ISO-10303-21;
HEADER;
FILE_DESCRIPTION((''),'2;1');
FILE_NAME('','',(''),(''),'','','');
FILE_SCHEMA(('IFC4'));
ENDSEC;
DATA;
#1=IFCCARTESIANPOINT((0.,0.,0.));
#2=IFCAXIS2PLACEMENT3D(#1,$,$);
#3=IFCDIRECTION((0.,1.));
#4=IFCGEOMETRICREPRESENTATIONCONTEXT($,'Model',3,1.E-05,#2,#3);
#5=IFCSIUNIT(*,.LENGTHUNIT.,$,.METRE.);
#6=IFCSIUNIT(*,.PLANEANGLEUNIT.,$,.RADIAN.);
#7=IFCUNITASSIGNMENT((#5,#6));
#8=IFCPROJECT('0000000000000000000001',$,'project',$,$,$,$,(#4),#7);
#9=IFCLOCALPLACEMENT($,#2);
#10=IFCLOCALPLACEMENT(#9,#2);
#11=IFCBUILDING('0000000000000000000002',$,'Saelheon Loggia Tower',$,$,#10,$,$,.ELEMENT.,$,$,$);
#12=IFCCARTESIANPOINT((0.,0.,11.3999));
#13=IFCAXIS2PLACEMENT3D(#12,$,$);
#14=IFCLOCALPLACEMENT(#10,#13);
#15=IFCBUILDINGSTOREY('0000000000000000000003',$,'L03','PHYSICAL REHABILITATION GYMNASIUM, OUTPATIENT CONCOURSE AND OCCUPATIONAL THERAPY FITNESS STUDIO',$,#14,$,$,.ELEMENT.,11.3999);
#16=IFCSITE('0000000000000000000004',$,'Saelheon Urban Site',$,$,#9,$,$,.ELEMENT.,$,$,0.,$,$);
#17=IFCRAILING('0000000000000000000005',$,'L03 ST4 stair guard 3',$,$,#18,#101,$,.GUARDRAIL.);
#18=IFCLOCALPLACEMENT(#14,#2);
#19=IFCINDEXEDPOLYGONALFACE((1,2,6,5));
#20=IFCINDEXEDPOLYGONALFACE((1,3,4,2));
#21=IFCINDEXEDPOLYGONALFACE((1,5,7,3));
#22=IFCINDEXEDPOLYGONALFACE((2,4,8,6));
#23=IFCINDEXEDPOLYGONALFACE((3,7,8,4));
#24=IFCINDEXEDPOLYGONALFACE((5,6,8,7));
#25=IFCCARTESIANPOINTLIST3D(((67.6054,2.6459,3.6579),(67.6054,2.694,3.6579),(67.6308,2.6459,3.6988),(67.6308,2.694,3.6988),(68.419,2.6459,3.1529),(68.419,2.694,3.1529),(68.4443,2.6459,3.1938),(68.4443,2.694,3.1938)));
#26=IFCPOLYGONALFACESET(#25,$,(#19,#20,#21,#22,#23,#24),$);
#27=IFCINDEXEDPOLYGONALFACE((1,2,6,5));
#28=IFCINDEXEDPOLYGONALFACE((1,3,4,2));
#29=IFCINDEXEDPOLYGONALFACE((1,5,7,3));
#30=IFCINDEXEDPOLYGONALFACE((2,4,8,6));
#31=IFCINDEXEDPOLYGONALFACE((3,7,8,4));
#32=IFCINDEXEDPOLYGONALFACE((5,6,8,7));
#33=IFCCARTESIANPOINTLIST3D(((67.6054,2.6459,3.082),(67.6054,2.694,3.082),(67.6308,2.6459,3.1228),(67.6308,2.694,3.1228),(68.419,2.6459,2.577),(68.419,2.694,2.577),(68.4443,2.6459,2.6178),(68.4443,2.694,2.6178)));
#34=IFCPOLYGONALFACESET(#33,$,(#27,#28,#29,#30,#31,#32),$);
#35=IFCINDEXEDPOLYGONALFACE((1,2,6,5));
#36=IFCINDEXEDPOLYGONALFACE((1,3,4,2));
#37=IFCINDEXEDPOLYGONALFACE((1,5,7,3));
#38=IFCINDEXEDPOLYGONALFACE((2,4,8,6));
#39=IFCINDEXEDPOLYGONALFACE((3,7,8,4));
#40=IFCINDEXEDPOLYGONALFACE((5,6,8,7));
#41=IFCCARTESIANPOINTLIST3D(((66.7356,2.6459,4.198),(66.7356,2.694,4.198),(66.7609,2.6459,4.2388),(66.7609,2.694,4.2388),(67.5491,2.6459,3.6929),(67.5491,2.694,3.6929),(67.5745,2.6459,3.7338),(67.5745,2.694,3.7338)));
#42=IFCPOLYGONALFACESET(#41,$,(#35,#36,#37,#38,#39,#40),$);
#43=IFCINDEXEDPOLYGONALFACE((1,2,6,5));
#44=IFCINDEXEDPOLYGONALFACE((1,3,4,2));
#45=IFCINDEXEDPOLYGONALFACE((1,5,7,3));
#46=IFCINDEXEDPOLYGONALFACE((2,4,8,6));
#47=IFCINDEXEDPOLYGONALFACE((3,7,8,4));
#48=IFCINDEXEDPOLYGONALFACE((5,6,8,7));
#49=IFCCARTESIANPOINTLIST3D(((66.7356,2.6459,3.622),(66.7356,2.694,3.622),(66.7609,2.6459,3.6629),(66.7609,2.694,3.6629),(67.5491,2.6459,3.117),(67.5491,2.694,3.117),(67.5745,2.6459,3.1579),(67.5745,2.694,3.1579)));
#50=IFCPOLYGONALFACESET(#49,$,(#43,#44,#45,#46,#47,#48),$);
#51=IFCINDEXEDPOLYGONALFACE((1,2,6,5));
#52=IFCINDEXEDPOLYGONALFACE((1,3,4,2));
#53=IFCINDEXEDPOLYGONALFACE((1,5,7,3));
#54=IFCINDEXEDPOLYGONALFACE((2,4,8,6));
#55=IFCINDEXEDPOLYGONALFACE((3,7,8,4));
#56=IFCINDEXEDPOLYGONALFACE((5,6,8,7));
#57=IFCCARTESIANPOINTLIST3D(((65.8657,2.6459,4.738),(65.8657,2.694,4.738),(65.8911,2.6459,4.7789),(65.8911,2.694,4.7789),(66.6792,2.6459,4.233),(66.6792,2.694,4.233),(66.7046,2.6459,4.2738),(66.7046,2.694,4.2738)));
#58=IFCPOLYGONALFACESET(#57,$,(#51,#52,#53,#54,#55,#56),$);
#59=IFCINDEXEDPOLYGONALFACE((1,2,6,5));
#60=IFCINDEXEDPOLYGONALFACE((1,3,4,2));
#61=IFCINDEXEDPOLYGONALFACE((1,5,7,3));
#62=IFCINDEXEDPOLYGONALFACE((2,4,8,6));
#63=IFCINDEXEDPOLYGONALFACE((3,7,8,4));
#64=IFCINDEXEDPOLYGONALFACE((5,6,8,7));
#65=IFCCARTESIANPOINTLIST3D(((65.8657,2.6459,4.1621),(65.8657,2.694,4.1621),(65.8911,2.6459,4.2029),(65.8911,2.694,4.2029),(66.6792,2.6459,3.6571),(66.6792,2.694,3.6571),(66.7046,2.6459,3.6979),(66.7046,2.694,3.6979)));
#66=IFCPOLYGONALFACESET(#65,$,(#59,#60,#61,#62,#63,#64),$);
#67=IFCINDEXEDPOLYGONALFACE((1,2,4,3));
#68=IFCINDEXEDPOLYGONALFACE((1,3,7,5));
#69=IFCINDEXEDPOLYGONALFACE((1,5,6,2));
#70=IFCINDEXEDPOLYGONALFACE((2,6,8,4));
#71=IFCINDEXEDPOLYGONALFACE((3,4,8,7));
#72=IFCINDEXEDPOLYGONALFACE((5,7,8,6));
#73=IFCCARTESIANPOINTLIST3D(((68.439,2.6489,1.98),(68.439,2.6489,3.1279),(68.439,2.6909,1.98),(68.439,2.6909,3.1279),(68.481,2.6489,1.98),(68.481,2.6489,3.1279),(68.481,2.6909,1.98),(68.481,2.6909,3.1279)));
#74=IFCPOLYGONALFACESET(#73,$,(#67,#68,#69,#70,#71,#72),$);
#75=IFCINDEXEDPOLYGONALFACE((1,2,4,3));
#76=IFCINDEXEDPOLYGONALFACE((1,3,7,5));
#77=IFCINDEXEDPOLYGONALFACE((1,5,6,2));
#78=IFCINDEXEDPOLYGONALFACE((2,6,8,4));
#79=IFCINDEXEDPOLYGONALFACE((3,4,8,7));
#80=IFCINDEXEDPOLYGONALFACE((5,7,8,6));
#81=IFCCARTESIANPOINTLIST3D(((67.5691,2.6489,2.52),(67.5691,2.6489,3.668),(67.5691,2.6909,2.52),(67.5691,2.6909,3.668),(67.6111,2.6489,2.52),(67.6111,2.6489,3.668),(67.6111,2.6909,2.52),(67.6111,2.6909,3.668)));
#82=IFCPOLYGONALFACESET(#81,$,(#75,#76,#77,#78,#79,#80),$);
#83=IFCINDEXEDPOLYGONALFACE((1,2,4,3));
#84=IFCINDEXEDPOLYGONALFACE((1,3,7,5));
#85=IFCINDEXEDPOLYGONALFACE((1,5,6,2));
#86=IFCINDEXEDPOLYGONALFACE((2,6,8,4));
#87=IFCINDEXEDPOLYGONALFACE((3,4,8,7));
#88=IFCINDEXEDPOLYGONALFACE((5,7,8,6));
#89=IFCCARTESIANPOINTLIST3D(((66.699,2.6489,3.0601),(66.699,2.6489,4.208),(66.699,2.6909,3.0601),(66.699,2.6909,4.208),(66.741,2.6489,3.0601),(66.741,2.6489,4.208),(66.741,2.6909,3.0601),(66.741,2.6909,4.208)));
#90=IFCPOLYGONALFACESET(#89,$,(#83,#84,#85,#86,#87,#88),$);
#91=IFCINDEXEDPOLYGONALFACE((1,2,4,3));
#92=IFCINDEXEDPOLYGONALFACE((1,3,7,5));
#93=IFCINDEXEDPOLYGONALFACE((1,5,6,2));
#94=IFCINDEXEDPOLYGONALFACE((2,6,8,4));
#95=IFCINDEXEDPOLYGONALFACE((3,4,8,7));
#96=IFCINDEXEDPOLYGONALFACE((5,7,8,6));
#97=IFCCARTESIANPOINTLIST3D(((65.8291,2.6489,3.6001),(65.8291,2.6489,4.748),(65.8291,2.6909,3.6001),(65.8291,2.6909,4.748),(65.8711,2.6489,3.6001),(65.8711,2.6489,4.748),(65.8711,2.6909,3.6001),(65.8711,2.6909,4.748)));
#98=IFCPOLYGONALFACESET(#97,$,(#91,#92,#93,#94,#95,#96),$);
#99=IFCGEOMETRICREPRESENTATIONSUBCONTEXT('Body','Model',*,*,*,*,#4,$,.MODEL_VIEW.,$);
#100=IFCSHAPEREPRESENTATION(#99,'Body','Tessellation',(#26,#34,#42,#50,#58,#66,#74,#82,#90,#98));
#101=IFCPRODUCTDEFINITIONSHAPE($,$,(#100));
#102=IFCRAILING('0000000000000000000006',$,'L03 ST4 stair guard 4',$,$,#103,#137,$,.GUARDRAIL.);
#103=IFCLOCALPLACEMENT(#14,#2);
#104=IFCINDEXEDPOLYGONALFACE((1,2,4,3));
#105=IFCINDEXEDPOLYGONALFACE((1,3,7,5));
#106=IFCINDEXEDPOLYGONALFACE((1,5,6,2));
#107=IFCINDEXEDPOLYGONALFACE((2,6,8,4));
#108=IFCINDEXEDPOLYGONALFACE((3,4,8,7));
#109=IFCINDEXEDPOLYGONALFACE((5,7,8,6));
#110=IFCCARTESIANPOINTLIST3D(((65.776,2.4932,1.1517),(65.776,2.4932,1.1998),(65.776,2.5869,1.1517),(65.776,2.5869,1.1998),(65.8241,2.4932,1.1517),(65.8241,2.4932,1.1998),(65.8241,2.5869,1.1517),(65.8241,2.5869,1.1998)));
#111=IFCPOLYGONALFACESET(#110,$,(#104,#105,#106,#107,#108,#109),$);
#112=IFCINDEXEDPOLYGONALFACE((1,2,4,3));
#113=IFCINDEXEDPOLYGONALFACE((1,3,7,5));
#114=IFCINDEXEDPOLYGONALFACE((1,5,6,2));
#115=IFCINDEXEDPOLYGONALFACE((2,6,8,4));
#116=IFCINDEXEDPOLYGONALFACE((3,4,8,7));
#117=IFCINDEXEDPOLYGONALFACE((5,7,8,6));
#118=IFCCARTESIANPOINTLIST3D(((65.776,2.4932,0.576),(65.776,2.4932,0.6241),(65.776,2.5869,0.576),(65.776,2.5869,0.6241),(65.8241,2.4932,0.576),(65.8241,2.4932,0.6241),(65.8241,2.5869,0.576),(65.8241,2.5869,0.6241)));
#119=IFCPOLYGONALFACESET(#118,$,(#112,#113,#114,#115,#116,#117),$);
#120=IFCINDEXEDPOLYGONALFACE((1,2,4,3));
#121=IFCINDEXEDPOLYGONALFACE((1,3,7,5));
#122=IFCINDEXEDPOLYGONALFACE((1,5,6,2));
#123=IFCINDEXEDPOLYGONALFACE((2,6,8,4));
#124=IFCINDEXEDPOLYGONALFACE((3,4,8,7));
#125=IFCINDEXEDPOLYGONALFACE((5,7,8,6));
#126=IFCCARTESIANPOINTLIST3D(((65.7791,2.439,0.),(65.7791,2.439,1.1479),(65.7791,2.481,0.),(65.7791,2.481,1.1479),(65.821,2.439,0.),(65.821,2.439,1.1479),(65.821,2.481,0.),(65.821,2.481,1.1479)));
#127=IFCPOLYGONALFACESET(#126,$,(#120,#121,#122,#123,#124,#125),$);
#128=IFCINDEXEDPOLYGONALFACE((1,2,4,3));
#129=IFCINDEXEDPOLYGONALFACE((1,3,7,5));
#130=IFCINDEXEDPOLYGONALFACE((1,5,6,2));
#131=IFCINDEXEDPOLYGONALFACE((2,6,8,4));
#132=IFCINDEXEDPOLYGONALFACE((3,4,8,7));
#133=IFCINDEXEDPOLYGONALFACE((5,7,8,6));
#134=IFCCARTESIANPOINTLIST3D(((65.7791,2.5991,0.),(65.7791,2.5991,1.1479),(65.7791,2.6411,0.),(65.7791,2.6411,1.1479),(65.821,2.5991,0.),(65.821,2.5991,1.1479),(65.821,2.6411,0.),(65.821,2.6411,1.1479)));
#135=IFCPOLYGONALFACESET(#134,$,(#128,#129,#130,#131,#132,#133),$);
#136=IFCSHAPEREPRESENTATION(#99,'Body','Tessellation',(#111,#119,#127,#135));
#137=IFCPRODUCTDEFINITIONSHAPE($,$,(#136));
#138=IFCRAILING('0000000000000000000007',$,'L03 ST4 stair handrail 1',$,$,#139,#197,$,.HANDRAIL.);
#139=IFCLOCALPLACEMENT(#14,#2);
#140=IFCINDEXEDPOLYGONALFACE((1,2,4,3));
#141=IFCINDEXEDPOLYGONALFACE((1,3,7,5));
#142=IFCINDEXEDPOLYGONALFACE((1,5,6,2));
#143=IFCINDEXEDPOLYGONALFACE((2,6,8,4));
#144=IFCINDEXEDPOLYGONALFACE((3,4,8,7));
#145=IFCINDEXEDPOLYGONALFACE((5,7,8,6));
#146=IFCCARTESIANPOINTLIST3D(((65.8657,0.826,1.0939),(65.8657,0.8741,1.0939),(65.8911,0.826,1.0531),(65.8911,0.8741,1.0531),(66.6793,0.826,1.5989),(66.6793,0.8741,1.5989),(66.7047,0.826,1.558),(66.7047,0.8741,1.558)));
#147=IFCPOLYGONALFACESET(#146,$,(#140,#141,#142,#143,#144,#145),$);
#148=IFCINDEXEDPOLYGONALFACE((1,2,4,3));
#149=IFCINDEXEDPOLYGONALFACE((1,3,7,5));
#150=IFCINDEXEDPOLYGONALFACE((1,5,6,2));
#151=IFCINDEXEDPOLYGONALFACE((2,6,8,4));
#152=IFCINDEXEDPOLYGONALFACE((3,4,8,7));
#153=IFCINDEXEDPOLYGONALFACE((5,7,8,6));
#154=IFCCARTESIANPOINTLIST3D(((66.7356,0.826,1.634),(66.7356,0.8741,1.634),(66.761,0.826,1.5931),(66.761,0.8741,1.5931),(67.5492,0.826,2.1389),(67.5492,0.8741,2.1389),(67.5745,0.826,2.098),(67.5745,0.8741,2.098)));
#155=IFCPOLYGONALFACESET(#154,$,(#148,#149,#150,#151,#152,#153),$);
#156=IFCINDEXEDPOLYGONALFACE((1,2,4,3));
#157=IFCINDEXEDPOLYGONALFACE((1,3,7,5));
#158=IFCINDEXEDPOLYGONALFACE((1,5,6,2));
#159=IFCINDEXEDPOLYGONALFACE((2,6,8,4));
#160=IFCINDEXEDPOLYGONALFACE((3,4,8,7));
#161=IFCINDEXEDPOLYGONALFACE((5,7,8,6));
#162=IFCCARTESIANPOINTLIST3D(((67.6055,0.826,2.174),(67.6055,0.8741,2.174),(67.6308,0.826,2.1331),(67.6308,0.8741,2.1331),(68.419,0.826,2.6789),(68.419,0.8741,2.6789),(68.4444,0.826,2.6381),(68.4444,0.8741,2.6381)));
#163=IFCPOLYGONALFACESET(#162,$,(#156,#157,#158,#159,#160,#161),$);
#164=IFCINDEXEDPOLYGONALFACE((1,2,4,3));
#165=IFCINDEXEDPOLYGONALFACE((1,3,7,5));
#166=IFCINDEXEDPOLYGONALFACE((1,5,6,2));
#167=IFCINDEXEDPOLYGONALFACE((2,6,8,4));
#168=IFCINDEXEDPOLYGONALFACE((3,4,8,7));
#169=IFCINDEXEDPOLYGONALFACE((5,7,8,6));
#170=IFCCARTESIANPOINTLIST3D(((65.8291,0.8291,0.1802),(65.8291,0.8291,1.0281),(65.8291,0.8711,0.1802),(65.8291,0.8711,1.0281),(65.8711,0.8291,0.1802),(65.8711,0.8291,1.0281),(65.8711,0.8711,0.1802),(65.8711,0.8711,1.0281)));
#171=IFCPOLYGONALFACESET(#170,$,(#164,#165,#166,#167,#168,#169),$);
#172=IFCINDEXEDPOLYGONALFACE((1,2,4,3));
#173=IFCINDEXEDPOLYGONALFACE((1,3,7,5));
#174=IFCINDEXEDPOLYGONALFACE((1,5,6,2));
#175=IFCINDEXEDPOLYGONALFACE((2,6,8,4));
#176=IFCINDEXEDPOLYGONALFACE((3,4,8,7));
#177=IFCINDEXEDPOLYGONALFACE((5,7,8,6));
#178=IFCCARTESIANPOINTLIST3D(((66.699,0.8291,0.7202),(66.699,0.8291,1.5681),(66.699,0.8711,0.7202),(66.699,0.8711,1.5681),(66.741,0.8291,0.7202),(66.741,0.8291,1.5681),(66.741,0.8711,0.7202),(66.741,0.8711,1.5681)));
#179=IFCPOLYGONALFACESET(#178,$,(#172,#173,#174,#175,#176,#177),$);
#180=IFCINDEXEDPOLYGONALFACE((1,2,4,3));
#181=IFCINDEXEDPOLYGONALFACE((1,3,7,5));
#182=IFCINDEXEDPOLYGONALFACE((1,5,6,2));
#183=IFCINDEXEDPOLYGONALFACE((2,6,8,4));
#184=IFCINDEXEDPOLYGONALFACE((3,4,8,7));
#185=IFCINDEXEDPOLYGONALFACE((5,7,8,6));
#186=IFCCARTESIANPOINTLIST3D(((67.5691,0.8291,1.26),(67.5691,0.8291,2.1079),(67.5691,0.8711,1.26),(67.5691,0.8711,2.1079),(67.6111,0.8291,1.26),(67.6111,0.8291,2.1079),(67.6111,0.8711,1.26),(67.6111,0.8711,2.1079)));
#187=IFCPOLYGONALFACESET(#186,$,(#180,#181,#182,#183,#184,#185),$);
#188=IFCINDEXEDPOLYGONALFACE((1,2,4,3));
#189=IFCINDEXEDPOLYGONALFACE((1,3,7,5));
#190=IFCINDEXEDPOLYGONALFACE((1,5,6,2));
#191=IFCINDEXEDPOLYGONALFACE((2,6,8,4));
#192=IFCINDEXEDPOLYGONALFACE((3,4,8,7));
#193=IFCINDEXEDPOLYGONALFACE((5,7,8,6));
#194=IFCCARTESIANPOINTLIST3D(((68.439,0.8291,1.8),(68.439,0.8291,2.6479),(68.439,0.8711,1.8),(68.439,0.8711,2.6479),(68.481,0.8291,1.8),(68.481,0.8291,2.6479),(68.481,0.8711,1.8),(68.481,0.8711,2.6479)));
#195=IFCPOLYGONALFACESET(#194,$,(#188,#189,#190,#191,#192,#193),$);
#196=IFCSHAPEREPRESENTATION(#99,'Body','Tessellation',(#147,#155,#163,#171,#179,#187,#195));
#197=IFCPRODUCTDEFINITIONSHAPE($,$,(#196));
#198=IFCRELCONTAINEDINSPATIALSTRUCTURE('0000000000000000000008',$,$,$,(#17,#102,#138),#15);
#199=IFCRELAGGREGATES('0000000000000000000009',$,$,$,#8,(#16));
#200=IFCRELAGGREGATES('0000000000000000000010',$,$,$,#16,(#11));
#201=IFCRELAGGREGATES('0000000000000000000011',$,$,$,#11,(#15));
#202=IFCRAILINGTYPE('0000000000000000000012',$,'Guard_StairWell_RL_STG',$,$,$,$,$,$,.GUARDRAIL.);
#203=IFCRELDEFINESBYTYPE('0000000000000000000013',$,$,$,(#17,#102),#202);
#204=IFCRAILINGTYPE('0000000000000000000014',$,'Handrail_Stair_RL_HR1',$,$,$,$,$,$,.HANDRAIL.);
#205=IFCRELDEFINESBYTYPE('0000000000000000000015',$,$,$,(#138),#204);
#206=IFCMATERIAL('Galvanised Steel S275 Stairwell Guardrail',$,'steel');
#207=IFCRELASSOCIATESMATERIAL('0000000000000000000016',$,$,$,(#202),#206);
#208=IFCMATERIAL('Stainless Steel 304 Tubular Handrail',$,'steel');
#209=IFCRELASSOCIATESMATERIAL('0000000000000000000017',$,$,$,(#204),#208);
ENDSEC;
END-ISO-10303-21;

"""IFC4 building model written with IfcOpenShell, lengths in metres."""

from ifc_helpers import new_model, si_unit, direction, frame, origin, origin_2d, place, context, subcontext, project, spatial, rectangle, extrude, material, type_object, element, save


model = new_model("IFC4")

# Units and contexts
model_context = context("Model", 3, precision=1e-05, world=origin(), true_north=direction((0.0, 1.0)))
body_context = subcontext(model_context, "Body", "Model", "MODEL_VIEW")
ifc_project = project(units=[si_unit("LENGTHUNIT", "METRE"), si_unit("PLANEANGLEUNIT", "RADIAN")], contexts=[model_context])

# Site, building, storey
site_placement = place(None, origin())
site = spatial("IfcSite", under=ifc_project, at=site_placement, Name="Saelheon Urban Site", CompositionType="ELEMENT", RefElevation=0.0)
building_placement = place(site_placement, origin())
building = spatial("IfcBuilding", under=site, at=building_placement, Name="Saelheon Loggia Tower", CompositionType="ELEMENT")
storey_placement = place(building_placement, frame((0.0, 0.0, 11.3999)))
storey = spatial("IfcBuildingStorey", under=building, at=storey_placement, Name="L03", Description="PHYSICAL REHABILITATION GYMNASIUM, OUTPATIENT CONCOURSE AND OCCUPATIONAL THERAPY FITNESS STUDIO", CompositionType="ELEMENT", Elevation=11.3999)

# Railings
ifc_material_1 = material(Name="Galvanised Steel S275 Stairwell Guardrail", Category="steel")
railing_type_1 = type_object("IfcRailingType", Name="Guard_StairWell_RL_STG", PredefinedType="GUARDRAIL", material=ifc_material_1)
railing_1_placement = place(storey_placement, frame((68.46, 2.6699, 1.98)))
element("IfcRailing", 1, at=railing_1_placement, inside=storey, type_object=railing_type_1, Name="L03 ST4 stair guard 3", PredefinedType="GUARDRAIL", context=body_context, shape_type="SweptSolid", body=[
    extrude(rectangle(XDim=0.0481, YDim=0.0481, at=origin_2d()), frame((-0.0283, 0.0, 1.1934), z_axis=(-0.849611, 0.0, 0.52741), x_axis=(0.0, -1.0, 0.0)), (0.0, 0.0, 1.0), 0.9575),
    extrude(rectangle(XDim=0.0481, YDim=0.0481, at=origin_2d()), frame((-0.0283, 0.0, 0.6174), z_axis=(-0.849611, 0.0, 0.52741), x_axis=(0.0, -1.0, 0.0)), (0.0, 0.0, 1.0), 0.9575),
    extrude(rectangle(XDim=0.0481, YDim=0.0481, at=origin_2d()), frame((-0.8982, 0.0, 1.7334), z_axis=(-0.849611, 0.0, 0.52741), x_axis=(0.0, -1.0, 0.0)), (0.0, 0.0, 1.0), 0.9575),
    extrude(rectangle(XDim=0.0481, YDim=0.0481, at=origin_2d()), frame((-0.8982, 0.0, 1.1575), z_axis=(-0.849611, 0.0, 0.52741), x_axis=(0.0, -1.0, 0.0)), (0.0, 0.0, 1.0), 0.9575),
    extrude(rectangle(XDim=0.0481, YDim=0.0481, at=origin_2d()), frame((-1.7681, 0.0, 2.2734), z_axis=(-0.849611, 0.0, 0.52741), x_axis=(0.0, -1.0, 0.0)), (0.0, 0.0, 1.0), 0.9575),
    extrude(rectangle(XDim=0.0481, YDim=0.0481, at=origin_2d()), frame((-1.7681, 0.0, 1.6975), z_axis=(-0.849611, 0.0, 0.52741), x_axis=(0.0, -1.0, 0.0)), (0.0, 0.0, 1.0), 0.9575),
    extrude(rectangle(XDim=0.042, YDim=0.042, at=origin_2d()), origin(), (0.0, 0.0, 1.0), 1.1479),
    extrude(rectangle(XDim=0.042, YDim=0.042, at=origin_2d()), frame((-0.8699, 0.0, 0.54)), (0.0, 0.0, 1.0), 1.1479),
    extrude(rectangle(XDim=0.042, YDim=0.042, at=origin_2d()), frame((-1.74, 0.0, 1.0801)), (0.0, 0.0, 1.0), 1.1479),
    extrude(rectangle(XDim=0.042, YDim=0.042, at=origin_2d()), frame((-2.6099, 0.0, 1.6201)), (0.0, 0.0, 1.0), 1.1479),
])
railing_2_placement = place(storey_placement, frame((65.8, 2.46, 0.0)))
element("IfcRailing", 2, at=railing_2_placement, inside=storey, type_object=railing_type_1, Name="L03 ST4 stair guard 4", PredefinedType="GUARDRAIL", context=body_context, shape_type="SweptSolid", body=[
    extrude(rectangle(XDim=0.0481, YDim=0.0481, at=origin_2d()), frame((0.0, 0.0332, 1.1758), z_axis=(0.0, 1.0, 0.0), x_axis=(-1.0, 0.0, 0.0)), (0.0, 0.0, 1.0), 0.0938),
    extrude(rectangle(XDim=0.0481, YDim=0.0481, at=origin_2d()), frame((0.0, 0.0332, 0.6001), z_axis=(0.0, 1.0, 0.0), x_axis=(-1.0, 0.0, 0.0)), (0.0, 0.0, 1.0), 0.0938),
    extrude(rectangle(XDim=0.042, YDim=0.042, at=origin_2d()), origin(), (0.0, 0.0, 1.0), 1.1479),
    extrude(rectangle(XDim=0.042, YDim=0.042, at=origin_2d()), frame((0.0, 0.1602, 0.0)), (0.0, 0.0, 1.0), 1.1479),
])
ifc_material_2 = material(Name="Stainless Steel 304 Tubular Handrail", Category="steel")
railing_type_2 = type_object("IfcRailingType", Name="Handrail_Stair_RL_HR1", PredefinedType="HANDRAIL", material=ifc_material_2)
railing_3_placement = place(storey_placement, frame((65.8501, 0.8501, 0.1802)))
element("IfcRailing", 3, at=railing_3_placement, inside=storey, type_object=railing_type_2, Name="L03 ST4 stair handrail 1", PredefinedType="HANDRAIL", context=body_context, shape_type="SweptSolid", body=[
    extrude(rectangle(XDim=0.0481, YDim=0.0481, at=origin_2d()), frame((0.0283, 0.0, 0.8933), z_axis=(0.849646, 0.0, 0.527353), x_axis=(0.0, 1.0, 0.0)), (0.0, 0.0, 1.0), 0.9575),
    extrude(rectangle(XDim=0.0481, YDim=0.0481, at=origin_2d()), frame((0.8982, 0.0, 1.4333), z_axis=(0.849646, 0.0, 0.527353), x_axis=(0.0, 1.0, 0.0)), (0.0, 0.0, 1.0), 0.9575),
    extrude(rectangle(XDim=0.0481, YDim=0.0481, at=origin_2d()), frame((1.7681, 0.0, 1.9734), z_axis=(0.849646, 0.0, 0.527353), x_axis=(0.0, 1.0, 0.0)), (0.0, 0.0, 1.0), 0.9575),
    extrude(rectangle(XDim=0.042, YDim=0.042, at=origin_2d()), origin(), (0.0, 0.0, 1.0), 0.8479),
    extrude(rectangle(XDim=0.042, YDim=0.042, at=origin_2d()), frame((0.8699, 0.0, 0.54)), (0.0, 0.0, 1.0), 0.8479),
    extrude(rectangle(XDim=0.042, YDim=0.042, at=origin_2d()), frame((1.74, 0.0, 1.0798)), (0.0, 0.0, 1.0), 0.8479),
    extrude(rectangle(XDim=0.042, YDim=0.042, at=origin_2d()), frame((2.6099, 0.0, 1.6199)), (0.0, 0.0, 1.0), 0.8479),
])

save(model, "model.ifc")
